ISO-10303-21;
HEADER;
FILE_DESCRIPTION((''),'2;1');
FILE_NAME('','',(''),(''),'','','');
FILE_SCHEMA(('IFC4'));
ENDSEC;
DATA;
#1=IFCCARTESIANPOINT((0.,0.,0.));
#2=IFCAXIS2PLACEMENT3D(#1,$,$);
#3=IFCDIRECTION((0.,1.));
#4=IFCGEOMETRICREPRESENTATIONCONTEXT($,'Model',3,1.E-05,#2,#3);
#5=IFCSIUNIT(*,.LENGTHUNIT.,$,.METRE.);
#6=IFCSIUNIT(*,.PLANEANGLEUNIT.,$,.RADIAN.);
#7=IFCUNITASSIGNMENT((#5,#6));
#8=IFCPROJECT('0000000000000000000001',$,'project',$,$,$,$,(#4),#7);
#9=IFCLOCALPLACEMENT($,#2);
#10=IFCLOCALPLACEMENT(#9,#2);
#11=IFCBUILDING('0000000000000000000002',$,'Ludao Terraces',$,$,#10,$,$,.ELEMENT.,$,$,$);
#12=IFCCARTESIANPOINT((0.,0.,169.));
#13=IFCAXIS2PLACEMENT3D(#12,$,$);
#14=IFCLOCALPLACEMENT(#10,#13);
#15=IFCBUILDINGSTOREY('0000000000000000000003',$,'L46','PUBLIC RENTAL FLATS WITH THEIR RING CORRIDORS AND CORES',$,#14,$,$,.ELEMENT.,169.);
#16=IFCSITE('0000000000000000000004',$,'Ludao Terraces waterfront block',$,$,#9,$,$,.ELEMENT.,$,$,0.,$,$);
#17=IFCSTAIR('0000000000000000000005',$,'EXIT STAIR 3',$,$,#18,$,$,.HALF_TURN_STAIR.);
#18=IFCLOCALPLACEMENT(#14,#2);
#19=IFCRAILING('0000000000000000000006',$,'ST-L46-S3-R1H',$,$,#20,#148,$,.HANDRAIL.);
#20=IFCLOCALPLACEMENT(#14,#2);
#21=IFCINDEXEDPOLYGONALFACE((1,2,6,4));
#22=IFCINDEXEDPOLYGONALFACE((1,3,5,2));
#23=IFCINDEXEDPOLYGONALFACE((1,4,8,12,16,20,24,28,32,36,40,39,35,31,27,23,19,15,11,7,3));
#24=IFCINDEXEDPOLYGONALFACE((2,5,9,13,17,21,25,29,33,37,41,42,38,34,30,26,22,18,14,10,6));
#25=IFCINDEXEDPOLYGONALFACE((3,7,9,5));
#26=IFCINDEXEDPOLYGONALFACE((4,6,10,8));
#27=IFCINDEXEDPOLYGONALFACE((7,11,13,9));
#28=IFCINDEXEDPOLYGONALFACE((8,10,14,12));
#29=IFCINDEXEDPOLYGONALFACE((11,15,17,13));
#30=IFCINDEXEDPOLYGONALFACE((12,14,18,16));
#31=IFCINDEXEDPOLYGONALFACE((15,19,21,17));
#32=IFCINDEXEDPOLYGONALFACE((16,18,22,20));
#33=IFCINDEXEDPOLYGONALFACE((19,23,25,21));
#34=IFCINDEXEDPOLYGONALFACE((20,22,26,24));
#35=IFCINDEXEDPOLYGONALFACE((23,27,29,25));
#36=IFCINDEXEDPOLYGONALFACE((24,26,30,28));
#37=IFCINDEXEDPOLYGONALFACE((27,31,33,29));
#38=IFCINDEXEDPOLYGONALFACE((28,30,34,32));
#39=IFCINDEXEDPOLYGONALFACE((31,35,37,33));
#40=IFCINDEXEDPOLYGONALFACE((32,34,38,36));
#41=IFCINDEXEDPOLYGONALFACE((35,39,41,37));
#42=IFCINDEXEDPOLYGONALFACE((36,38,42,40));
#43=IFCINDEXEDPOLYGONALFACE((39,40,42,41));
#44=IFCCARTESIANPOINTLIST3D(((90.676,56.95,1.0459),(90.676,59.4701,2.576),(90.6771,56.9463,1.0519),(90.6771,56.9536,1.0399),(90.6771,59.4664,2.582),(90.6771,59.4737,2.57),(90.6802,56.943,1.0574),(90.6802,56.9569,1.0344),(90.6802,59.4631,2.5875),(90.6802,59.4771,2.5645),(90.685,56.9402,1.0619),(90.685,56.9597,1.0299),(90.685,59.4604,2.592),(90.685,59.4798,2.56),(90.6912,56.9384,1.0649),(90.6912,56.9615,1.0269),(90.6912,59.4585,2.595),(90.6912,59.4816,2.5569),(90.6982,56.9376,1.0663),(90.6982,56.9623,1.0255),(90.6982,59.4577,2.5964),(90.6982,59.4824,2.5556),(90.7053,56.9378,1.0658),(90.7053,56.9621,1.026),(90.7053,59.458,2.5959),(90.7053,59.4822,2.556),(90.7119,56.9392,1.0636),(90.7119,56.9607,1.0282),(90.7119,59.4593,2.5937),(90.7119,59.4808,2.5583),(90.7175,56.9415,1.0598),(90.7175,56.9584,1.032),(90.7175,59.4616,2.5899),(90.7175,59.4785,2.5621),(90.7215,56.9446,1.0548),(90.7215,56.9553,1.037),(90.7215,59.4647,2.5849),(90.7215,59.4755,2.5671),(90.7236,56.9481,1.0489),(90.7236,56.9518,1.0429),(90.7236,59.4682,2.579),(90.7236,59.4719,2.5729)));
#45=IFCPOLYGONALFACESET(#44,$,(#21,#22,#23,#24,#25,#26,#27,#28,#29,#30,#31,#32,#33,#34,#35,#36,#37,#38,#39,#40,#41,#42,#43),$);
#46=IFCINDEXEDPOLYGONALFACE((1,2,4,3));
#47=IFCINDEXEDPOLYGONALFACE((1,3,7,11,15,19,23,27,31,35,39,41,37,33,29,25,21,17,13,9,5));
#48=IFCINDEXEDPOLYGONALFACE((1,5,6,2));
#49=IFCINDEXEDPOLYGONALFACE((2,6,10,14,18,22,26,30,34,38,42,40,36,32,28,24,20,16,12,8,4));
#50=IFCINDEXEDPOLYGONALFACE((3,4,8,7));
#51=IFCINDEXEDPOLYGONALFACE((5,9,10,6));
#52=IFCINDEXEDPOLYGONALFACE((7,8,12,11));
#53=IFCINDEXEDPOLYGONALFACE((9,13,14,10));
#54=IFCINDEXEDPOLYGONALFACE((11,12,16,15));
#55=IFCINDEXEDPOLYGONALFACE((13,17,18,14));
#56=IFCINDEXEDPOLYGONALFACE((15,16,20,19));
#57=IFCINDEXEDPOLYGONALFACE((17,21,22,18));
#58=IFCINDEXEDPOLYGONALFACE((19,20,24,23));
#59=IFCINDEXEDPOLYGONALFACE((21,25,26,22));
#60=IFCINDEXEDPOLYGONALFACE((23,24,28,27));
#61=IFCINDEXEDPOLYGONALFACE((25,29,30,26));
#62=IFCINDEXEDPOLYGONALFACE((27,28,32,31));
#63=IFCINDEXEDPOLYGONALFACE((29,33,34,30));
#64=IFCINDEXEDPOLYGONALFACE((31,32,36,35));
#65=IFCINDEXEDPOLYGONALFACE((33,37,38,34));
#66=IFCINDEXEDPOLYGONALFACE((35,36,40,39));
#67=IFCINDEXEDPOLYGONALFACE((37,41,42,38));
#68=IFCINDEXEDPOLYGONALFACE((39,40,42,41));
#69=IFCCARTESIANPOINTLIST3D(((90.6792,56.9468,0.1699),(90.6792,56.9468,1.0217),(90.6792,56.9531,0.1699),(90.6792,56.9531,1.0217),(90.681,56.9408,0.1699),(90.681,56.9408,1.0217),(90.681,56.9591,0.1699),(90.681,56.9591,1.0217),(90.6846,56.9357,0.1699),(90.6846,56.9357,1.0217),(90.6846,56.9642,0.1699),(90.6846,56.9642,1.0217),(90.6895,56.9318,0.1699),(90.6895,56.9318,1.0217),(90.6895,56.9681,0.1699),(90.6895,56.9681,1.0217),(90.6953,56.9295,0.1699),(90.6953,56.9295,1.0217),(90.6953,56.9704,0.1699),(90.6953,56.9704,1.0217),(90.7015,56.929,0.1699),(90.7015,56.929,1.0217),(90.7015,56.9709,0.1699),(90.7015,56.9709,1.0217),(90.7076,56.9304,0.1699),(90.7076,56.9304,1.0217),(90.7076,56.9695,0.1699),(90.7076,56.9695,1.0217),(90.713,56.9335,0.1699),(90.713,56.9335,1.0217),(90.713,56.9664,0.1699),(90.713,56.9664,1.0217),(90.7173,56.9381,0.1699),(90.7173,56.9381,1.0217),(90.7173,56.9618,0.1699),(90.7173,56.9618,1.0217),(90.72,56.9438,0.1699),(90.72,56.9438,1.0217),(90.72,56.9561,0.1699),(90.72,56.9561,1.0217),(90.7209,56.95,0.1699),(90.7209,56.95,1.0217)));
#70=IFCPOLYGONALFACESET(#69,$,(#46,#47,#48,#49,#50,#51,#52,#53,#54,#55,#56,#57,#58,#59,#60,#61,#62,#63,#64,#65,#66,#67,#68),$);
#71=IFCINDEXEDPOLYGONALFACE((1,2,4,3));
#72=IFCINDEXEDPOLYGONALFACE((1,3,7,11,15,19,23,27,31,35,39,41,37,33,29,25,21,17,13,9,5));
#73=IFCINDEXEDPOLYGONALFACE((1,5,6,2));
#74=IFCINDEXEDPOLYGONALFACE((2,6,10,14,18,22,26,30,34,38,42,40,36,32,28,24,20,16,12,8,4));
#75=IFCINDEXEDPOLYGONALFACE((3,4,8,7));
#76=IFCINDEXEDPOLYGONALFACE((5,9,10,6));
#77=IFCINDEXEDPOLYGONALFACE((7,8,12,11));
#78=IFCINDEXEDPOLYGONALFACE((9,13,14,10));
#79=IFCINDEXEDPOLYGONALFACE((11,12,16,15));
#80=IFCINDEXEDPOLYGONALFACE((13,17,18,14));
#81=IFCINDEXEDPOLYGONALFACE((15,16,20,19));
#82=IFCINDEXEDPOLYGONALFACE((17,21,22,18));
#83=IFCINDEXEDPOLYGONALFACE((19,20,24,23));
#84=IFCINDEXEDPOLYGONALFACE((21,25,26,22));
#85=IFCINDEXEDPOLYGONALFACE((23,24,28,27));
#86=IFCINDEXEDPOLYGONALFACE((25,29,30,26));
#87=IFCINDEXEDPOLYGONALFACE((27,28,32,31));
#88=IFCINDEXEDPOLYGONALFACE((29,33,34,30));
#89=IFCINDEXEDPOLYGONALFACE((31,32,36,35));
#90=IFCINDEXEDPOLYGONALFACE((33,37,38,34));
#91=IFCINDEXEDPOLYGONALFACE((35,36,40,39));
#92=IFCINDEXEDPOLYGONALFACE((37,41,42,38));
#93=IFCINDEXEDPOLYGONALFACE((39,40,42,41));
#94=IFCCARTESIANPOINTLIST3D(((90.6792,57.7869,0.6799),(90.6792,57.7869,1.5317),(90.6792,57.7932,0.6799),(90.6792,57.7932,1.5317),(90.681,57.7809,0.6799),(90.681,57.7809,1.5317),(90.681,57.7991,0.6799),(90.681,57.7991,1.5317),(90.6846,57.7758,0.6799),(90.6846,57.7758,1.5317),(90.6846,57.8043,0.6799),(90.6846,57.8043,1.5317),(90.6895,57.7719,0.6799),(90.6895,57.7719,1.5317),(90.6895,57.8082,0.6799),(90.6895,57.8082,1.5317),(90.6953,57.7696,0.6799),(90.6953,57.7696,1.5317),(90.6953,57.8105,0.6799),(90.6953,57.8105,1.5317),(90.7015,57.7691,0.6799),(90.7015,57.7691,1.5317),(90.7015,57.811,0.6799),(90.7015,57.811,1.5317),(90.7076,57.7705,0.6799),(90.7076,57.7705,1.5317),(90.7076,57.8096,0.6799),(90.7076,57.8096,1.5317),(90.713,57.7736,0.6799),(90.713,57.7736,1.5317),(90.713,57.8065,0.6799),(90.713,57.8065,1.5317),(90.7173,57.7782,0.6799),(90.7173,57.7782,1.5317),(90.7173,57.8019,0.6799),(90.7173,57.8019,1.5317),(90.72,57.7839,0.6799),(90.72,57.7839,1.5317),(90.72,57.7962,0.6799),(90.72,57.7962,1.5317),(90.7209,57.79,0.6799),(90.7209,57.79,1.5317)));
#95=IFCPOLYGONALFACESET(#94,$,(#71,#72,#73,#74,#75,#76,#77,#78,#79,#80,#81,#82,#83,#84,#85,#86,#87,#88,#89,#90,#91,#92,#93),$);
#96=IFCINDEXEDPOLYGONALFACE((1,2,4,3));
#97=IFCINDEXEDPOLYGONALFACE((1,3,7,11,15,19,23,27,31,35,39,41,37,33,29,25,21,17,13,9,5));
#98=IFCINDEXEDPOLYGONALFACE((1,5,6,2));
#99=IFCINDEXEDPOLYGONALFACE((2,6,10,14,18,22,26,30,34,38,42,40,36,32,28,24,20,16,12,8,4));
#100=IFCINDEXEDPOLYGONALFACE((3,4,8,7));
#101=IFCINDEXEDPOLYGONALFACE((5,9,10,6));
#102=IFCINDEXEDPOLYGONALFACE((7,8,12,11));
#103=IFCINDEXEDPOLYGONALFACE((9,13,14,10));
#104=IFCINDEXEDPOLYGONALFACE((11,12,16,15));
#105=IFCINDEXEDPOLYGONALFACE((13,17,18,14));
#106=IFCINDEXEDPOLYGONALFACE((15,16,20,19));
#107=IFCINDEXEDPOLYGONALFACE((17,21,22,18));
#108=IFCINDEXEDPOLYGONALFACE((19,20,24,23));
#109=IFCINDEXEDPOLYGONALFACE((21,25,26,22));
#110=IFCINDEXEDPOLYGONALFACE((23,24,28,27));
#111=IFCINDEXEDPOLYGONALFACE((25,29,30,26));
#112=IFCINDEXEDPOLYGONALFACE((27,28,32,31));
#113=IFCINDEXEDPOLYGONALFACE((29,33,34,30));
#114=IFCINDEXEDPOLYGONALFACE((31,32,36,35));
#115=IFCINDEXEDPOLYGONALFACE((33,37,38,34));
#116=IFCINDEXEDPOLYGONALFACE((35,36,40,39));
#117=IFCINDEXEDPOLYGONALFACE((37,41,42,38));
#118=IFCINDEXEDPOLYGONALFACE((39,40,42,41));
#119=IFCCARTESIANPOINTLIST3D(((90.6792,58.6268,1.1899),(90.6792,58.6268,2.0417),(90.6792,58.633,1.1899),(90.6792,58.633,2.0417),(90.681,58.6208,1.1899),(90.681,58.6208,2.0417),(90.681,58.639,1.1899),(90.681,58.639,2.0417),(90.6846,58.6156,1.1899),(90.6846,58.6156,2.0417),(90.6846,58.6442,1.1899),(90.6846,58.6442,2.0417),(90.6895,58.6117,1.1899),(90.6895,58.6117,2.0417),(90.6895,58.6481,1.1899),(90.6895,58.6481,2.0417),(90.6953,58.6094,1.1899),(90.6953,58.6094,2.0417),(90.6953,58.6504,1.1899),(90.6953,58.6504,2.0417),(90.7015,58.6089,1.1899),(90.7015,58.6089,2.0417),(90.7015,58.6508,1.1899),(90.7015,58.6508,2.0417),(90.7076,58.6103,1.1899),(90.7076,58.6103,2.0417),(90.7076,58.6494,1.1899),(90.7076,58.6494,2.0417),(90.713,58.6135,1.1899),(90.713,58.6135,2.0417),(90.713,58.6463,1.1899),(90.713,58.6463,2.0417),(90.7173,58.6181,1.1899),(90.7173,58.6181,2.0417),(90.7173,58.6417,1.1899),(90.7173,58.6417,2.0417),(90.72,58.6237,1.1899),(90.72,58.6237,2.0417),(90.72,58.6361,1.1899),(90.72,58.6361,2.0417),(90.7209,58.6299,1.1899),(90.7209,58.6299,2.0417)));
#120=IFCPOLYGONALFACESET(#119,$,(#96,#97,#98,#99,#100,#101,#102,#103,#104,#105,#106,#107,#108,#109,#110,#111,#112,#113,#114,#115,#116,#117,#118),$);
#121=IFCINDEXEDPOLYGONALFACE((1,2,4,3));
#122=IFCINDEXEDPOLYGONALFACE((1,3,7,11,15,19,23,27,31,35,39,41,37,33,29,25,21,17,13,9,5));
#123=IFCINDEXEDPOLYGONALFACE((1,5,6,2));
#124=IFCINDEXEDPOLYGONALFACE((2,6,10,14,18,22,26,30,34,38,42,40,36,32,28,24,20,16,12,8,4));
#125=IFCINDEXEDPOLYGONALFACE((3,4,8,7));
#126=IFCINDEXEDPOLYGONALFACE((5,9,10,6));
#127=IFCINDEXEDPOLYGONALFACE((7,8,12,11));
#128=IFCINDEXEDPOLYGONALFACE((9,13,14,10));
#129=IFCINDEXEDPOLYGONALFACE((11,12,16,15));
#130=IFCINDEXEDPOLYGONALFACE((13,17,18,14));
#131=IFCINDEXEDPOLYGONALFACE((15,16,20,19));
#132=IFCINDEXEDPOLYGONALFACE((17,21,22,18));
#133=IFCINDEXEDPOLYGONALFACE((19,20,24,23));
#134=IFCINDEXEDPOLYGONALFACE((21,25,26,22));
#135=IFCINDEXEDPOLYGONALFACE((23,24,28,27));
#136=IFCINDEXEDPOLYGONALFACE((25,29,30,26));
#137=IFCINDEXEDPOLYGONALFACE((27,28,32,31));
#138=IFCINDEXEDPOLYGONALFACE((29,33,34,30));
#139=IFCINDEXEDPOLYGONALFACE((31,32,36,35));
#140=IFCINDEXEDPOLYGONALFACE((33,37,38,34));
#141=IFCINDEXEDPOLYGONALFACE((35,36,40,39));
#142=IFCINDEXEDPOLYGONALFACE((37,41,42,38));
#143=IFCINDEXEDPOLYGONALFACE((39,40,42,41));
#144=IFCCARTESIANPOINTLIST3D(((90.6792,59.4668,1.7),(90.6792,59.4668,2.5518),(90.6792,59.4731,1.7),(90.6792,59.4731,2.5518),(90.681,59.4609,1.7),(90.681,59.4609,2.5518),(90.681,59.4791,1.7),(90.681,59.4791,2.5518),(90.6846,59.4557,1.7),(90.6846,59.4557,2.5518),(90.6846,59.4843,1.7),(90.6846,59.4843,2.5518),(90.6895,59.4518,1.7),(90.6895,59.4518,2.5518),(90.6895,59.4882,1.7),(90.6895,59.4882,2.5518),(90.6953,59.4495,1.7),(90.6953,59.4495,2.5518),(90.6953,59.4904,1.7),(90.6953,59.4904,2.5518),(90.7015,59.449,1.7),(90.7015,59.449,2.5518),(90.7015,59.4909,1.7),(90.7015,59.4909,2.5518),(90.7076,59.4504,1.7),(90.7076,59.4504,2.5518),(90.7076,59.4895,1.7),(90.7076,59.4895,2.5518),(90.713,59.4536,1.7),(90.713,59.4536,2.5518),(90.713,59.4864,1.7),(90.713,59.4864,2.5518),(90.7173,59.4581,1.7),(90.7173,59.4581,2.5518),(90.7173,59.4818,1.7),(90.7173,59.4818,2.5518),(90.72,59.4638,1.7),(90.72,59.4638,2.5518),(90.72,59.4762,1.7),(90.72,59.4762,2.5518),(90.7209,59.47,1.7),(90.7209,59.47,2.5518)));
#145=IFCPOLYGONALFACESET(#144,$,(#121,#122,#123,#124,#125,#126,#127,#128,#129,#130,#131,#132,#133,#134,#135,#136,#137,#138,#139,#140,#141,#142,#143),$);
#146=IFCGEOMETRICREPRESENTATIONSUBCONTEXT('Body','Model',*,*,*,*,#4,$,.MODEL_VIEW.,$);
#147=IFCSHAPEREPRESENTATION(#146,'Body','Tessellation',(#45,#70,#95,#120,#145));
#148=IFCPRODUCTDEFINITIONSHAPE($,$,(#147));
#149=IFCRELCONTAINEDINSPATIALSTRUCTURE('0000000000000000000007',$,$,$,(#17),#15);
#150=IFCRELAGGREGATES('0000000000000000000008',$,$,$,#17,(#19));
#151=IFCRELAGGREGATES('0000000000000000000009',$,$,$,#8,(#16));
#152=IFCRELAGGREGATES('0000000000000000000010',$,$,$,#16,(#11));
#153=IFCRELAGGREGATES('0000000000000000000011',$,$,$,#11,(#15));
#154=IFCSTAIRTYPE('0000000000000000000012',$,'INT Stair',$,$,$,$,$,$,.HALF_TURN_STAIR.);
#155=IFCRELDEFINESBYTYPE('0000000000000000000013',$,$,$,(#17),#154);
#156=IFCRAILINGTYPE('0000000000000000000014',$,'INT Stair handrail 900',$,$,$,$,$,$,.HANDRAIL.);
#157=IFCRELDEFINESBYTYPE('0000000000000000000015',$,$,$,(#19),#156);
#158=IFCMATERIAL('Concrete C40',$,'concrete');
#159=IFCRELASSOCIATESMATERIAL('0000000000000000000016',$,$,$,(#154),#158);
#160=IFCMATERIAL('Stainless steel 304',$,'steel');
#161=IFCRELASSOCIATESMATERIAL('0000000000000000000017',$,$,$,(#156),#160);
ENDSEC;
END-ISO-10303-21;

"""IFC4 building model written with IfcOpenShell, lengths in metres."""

from ifc_helpers import new_model, si_unit, direction, frame, origin, origin_2d, place, context, subcontext, project, spatial, circle, extrude, material, type_object, element, aggregate, save


model = new_model("IFC4")

# Units and contexts
model_context = context("Model", 3, precision=1e-05, world=origin(), true_north=direction((0.0, 1.0)))
body_context = subcontext(model_context, "Body", "Model", "MODEL_VIEW")
ifc_project = project(units=[si_unit("LENGTHUNIT", "METRE"), si_unit("PLANEANGLEUNIT", "RADIAN")], contexts=[model_context])

# Site, building, storey
site_placement = place(None, origin())
site = spatial("IfcSite", under=ifc_project, at=site_placement, Name="Ludao Terraces waterfront block", CompositionType="ELEMENT", RefElevation=0.0)
building_placement = place(site_placement, origin())
building = spatial("IfcBuilding", under=site, at=building_placement, Name="Ludao Terraces", CompositionType="ELEMENT")
storey_placement = place(building_placement, frame((0.0, 0.0, 169.0)))
storey = spatial("IfcBuildingStorey", under=building, at=storey_placement, Name="L46", Description="PUBLIC RENTAL FLATS WITH THEIR RING CORRIDORS AND CORES", CompositionType="ELEMENT", Elevation=169.0)

# Shared definitions
ifc_material_1 = material(Name="Concrete C40", Category="concrete")

# Stair, railing
stair_type = type_object("IfcStairType", Name="INT Stair", PredefinedType="HALF_TURN_STAIR", material=ifc_material_1)
stair_placement = place(storey_placement, origin())
stair = element("IfcStair", 1, at=stair_placement, inside=storey, type_object=stair_type, Name="EXIT STAIR 3", PredefinedType="HALF_TURN_STAIR")
ifc_material_2 = material(Name="Stainless steel 304", Category="steel")
railing_type_1 = type_object("IfcRailingType", Name="INT Stair handrail 900", PredefinedType="HANDRAIL", material=ifc_material_2)
railing_1_placement = place(storey_placement, frame((90.7, 56.95, 0.1699)))
railing_1 = element("IfcRailing", 2, at=railing_1_placement, type_object=railing_type_1, Name="ST-L46-S3-R1H", PredefinedType="HANDRAIL", context=body_context, shape_type="SweptSolid", body=[
    extrude(circle(Radius=0.0239, at=origin_2d()), frame((0.0, 0.0, 0.876), z_axis=(0.0, 0.854785, 0.518982), x_axis=(-1.0, 0.0, 0.0)), (0.0, 0.0, 1.0), 2.9482),
    extrude(circle(Radius=0.021, at=origin_2d()), origin(), (0.0, 0.0, 1.0), 0.8518),
    extrude(circle(Radius=0.021, at=origin_2d()), frame((0.0, 0.8401, 0.51)), (0.0, 0.0, 1.0), 0.8518),
    extrude(circle(Radius=0.021, at=origin_2d()), frame((0.0, 1.6799, 1.02)), (0.0, 0.0, 1.0), 0.8518),
    extrude(circle(Radius=0.021, at=origin_2d()), frame((0.0, 2.52, 1.53)), (0.0, 0.0, 1.0), 0.8518),
])
aggregate(stair, [railing_1])

save(model, "model.ifc")
